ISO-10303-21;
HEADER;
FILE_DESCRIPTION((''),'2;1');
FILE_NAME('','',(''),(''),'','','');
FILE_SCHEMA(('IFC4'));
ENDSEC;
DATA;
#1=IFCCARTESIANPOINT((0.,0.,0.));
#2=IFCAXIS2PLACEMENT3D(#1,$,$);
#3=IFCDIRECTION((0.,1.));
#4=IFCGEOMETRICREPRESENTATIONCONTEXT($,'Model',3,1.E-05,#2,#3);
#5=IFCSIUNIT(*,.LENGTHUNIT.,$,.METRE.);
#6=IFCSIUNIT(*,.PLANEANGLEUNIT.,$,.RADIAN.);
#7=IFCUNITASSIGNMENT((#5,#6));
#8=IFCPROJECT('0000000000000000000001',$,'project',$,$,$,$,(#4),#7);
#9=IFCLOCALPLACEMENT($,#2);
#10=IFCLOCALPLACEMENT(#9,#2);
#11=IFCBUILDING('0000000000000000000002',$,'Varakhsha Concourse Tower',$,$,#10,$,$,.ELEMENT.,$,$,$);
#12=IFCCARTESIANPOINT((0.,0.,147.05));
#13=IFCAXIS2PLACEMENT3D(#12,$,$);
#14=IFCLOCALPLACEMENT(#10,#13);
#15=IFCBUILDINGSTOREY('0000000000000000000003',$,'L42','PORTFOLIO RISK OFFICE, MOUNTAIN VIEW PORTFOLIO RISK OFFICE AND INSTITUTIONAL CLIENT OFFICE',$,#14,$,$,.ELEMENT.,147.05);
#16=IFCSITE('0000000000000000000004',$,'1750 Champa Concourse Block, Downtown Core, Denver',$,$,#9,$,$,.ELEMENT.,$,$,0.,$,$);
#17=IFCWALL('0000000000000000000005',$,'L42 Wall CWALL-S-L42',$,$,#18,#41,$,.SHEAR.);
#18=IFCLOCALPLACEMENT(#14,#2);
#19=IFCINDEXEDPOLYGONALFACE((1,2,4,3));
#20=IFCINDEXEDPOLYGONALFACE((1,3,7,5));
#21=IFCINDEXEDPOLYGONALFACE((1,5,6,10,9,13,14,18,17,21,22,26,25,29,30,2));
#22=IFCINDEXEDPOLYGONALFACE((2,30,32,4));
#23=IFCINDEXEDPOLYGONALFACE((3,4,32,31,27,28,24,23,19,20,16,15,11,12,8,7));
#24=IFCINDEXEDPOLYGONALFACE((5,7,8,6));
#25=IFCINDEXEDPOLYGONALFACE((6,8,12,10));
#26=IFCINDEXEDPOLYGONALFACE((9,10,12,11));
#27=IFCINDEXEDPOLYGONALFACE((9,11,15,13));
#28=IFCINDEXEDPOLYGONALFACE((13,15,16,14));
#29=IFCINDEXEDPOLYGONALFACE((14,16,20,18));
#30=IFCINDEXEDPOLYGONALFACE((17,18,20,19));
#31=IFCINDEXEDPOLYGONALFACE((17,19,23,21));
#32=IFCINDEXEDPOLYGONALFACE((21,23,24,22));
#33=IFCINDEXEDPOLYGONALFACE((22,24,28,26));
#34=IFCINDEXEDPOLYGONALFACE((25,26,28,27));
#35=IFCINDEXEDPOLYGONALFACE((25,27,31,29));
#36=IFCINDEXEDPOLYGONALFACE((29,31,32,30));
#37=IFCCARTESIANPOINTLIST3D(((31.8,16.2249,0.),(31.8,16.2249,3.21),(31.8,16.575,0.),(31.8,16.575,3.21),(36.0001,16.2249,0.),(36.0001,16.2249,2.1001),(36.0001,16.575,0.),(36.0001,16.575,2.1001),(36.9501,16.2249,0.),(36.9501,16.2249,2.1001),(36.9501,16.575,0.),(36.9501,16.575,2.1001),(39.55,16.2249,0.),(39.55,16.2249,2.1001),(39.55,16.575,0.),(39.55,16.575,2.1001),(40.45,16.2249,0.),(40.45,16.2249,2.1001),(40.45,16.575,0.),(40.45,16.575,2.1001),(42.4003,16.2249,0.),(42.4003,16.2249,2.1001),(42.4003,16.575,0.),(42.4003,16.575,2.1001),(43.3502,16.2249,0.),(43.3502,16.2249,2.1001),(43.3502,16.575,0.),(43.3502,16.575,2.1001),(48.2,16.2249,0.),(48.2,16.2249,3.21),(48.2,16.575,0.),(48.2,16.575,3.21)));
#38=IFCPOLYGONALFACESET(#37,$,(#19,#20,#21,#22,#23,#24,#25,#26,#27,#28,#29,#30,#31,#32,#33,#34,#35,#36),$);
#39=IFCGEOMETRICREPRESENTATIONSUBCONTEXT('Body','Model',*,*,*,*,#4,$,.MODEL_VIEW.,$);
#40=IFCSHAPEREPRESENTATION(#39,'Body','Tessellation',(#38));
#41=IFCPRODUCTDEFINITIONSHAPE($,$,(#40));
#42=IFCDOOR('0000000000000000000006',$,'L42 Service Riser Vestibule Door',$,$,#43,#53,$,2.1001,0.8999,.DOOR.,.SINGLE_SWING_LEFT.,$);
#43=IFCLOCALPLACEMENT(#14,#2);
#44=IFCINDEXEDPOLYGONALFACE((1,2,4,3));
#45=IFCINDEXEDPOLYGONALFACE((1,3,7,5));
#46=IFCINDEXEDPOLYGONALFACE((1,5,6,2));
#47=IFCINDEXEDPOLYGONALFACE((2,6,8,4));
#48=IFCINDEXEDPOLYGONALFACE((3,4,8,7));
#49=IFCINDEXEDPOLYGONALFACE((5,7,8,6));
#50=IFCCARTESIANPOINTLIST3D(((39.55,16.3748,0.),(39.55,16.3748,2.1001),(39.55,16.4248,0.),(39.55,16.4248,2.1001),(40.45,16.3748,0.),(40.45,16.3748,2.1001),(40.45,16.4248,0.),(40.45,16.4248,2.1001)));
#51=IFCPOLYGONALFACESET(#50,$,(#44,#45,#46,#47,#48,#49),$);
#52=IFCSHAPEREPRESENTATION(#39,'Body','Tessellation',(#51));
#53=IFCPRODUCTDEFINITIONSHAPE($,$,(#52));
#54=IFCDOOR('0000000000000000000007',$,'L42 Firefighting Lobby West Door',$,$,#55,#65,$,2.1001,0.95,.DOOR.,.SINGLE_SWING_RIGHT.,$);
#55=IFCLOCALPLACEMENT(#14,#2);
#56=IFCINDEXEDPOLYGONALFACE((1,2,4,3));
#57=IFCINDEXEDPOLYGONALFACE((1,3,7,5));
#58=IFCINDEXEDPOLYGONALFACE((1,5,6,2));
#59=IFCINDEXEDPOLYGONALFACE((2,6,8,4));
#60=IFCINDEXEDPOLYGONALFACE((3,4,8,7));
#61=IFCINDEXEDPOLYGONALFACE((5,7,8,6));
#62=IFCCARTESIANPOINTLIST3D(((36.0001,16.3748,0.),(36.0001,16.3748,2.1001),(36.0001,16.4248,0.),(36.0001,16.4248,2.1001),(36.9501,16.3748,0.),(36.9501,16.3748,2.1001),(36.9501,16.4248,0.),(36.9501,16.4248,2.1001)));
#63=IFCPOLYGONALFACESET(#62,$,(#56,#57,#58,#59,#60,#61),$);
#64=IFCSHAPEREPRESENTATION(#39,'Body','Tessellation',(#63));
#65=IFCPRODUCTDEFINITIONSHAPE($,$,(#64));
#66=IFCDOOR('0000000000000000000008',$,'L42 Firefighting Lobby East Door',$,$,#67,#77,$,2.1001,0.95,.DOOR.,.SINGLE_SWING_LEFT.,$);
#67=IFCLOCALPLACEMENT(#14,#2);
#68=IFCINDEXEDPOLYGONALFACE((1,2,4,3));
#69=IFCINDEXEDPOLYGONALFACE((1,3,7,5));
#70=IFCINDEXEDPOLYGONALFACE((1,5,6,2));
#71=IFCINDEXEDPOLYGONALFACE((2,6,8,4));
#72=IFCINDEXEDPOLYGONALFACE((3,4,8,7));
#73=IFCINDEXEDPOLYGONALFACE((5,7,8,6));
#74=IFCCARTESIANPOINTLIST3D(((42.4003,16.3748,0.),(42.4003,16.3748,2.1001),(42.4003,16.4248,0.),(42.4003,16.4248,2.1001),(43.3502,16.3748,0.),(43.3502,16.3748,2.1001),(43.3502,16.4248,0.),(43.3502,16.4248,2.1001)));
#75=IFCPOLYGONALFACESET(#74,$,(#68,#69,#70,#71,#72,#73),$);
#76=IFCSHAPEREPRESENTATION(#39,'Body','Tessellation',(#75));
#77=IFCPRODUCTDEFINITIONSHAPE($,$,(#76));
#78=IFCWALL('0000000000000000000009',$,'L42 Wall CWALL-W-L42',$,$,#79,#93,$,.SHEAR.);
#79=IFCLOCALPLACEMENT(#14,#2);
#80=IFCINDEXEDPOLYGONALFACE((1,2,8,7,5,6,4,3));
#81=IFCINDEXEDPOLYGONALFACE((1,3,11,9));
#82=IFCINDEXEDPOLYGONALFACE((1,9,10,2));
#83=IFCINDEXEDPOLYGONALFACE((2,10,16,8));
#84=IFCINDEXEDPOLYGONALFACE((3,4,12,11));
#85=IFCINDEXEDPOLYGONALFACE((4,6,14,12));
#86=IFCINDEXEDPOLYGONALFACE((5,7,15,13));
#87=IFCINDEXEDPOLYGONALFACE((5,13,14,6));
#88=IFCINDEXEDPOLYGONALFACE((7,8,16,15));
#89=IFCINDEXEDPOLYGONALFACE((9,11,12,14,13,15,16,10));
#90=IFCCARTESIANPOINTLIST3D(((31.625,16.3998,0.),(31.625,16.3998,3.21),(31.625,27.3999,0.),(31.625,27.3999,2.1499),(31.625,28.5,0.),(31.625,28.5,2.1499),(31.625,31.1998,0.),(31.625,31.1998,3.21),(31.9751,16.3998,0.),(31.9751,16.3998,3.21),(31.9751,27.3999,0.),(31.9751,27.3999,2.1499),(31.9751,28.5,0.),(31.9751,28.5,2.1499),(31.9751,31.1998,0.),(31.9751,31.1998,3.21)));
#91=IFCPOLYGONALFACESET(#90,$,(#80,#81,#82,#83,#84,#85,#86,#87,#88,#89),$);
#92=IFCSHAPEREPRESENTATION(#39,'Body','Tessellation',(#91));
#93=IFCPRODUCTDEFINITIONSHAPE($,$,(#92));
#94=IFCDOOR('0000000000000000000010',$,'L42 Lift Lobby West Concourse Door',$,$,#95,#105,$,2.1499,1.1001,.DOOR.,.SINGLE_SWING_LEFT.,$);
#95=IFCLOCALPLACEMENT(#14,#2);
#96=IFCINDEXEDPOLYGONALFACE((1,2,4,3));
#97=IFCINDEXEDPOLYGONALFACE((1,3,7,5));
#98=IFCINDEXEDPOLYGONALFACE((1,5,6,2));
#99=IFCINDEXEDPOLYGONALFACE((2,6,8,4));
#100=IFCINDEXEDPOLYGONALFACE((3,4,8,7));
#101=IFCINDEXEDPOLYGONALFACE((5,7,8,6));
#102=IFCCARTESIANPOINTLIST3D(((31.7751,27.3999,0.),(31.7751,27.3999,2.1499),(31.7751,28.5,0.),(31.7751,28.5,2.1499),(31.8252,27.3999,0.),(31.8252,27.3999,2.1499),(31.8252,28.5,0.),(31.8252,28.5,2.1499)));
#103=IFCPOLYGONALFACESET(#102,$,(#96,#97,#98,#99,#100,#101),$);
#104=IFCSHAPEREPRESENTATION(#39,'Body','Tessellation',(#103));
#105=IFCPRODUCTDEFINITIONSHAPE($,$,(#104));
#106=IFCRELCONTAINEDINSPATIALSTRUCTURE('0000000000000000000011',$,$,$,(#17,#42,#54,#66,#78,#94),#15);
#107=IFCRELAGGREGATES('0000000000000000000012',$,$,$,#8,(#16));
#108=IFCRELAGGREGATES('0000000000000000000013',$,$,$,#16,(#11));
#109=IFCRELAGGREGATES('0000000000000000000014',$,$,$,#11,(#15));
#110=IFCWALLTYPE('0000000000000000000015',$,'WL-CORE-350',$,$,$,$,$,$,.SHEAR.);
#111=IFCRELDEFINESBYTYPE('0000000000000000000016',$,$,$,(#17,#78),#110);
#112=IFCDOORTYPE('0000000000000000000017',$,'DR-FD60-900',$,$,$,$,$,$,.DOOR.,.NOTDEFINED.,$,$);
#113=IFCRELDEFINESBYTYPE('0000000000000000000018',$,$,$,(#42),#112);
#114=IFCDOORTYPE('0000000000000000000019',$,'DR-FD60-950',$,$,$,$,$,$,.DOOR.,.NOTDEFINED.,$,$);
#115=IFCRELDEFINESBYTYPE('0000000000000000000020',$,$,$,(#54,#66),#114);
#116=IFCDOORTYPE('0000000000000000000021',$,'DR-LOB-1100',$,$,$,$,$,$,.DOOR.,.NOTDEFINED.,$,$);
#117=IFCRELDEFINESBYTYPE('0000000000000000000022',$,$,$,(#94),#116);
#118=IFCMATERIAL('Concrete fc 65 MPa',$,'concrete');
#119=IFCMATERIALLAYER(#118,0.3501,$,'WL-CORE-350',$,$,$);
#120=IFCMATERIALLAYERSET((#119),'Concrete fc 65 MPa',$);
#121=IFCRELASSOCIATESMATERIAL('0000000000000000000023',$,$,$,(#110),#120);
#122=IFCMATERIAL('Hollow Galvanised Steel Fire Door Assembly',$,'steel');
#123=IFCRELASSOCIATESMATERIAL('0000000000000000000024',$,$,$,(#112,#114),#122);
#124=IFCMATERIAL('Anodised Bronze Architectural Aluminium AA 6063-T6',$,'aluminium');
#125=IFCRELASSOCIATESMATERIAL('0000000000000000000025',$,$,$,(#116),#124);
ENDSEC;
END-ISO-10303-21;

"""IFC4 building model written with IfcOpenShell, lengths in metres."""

from ifc_helpers import new_model, si_unit, direction, frame, frame_2d, origin, place, context, subcontext, project, spatial, rectangle, extrude, material, layer, layer_set, type_object, element, fill, save


model = new_model("IFC4")

# Units and contexts
model_context = context("Model", 3, precision=1e-05, world=origin(), true_north=direction((0.0, 1.0)))
body_context = subcontext(model_context, "Body", "Model", "MODEL_VIEW")
ifc_project = project(units=[si_unit("LENGTHUNIT", "METRE"), si_unit("PLANEANGLEUNIT", "RADIAN")], contexts=[model_context])

# Site, building, storey
site_placement = place(None, origin())
site = spatial("IfcSite", under=ifc_project, at=site_placement, Name="1750 Champa Concourse Block, Downtown Core, Denver", CompositionType="ELEMENT", RefElevation=0.0)
building_placement = place(site_placement, origin())
building = spatial("IfcBuilding", under=site, at=building_placement, Name="Varakhsha Concourse Tower", CompositionType="ELEMENT")
storey_placement = place(building_placement, frame((0.0, 0.0, 147.05)))
storey = spatial("IfcBuildingStorey", under=building, at=storey_placement, Name="L42", Description="PORTFOLIO RISK OFFICE, MOUNTAIN VIEW PORTFOLIO RISK OFFICE AND INSTITUTIONAL CLIENT OFFICE", CompositionType="ELEMENT", Elevation=147.05)

# Shared definitions
ifc_material_1 = material(Name="Concrete fc 65 MPa", Category="concrete")

# Shared definitions
ifc_material_2 = material(Name="Anodised Bronze Architectural Aluminium AA 6063-T6", Category="aluminium")

# Wall, openings, doors
ifc_layer_1 = layer(ifc_material_1, 0.3501, Name="WL-CORE-350")
ifc_layer_set_1 = layer_set([ifc_layer_1], Name="Concrete fc 65 MPa")
wall_type_1 = type_object("IfcWallType", Name="WL-CORE-350", PredefinedType="SHEAR", material=ifc_layer_set_1)
wall_1_placement = place(storey_placement, frame((31.8, 16.3999, 0.0), z_axis=(0.0, 0.0, 1.0), x_axis=(1.0, 0.0, 0.0)))
wall_1 = element("IfcWall", 1, at=wall_1_placement, inside=storey, type_object=wall_type_1, Name="L42 Wall CWALL-S-L42", PredefinedType="SHEAR", context=body_context, shape_type="SweptSolid", body=[
    extrude(rectangle(XDim=16.3999, YDim=0.3501, at=frame_2d((8.2, 0.0))), origin(), (0.0, 0.0, 1.0), 3.21),
])
opening_1_placement = place(wall_1_placement, frame((7.75, 0.0, 0.0)))
opening_1 = element("IfcOpeningElement", 2, at=opening_1_placement, cuts=wall_1, PredefinedType="OPENING", context=body_context, shape_type="SweptSolid", body=[
    extrude(rectangle(XDim=0.8999, YDim=2.1001, at=frame_2d((0.45, 1.05))), frame((0.0, 0.1851, 0.0), z_axis=(0.0, -1.0, 0.0), x_axis=(1.0, 0.0, 0.0)), (0.0, 0.0, 1.0), 0.3701),
])
opening_2_placement = place(wall_1_placement, frame((4.2, 0.0, 0.0)))
opening_2 = element("IfcOpeningElement", 3, at=opening_2_placement, cuts=wall_1, PredefinedType="OPENING", context=body_context, shape_type="SweptSolid", body=[
    extrude(rectangle(XDim=0.95, YDim=2.1001, at=frame_2d((0.4751, 1.05))), frame((0.0, 0.1851, 0.0), z_axis=(0.0, -1.0, 0.0), x_axis=(1.0, 0.0, 0.0)), (0.0, 0.0, 1.0), 0.3701),
])
opening_3_placement = place(wall_1_placement, frame((10.6001, 0.0, 0.0)))
opening_3 = element("IfcOpeningElement", 4, at=opening_3_placement, cuts=wall_1, PredefinedType="OPENING", context=body_context, shape_type="SweptSolid", body=[
    extrude(rectangle(XDim=0.95, YDim=2.1001, at=frame_2d((0.4751, 1.05))), frame((0.0, 0.1851, 0.0), z_axis=(0.0, -1.0, 0.0), x_axis=(1.0, 0.0, 0.0)), (0.0, 0.0, 1.0), 0.3701),
])
ifc_material_3 = material(Name="Hollow Galvanised Steel Fire Door Assembly", Category="steel")
door_type_1 = type_object("IfcDoorType", Name="DR-FD60-900", OperationType="NOTDEFINED", PredefinedType="DOOR", material=ifc_material_3)
door_1_placement = place(opening_1_placement, origin())
door_1 = element("IfcDoor", 5, at=door_1_placement, inside=storey, type_object=door_type_1, Name="L42 Service Riser Vestibule Door", OperationType="SINGLE_SWING_LEFT", OverallHeight=2.1001, OverallWidth=0.8999, PredefinedType="DOOR", context=body_context, shape_type="SweptSolid", body=[
    extrude(rectangle(XDim=0.8999, YDim=2.1001, at=frame_2d((0.45, 1.05))), frame((0.0, 0.0249, 0.0), z_axis=(0.0, -1.0, 0.0), x_axis=(1.0, 0.0, 0.0)), (0.0, 0.0, 1.0), 0.05),
])
fill(opening_1, door_1)
door_type_2 = type_object("IfcDoorType", Name="DR-FD60-950", OperationType="NOTDEFINED", PredefinedType="DOOR", material=ifc_material_3)
door_2_placement = place(opening_2_placement, origin())
door_2 = element("IfcDoor", 6, at=door_2_placement, inside=storey, type_object=door_type_2, Name="L42 Firefighting Lobby West Door", OperationType="SINGLE_SWING_RIGHT", OverallHeight=2.1001, OverallWidth=0.95, PredefinedType="DOOR", context=body_context, shape_type="SweptSolid", body=[
    extrude(rectangle(XDim=0.95, YDim=2.1001, at=frame_2d((0.4751, 1.05))), frame((0.0, 0.0249, 0.0), z_axis=(0.0, -1.0, 0.0), x_axis=(1.0, 0.0, 0.0)), (0.0, 0.0, 1.0), 0.05),
])
fill(opening_2, door_2)
door_3_placement = place(opening_3_placement, origin())
door_3 = element("IfcDoor", 7, at=door_3_placement, inside=storey, type_object=door_type_2, Name="L42 Firefighting Lobby East Door", OperationType="SINGLE_SWING_LEFT", OverallHeight=2.1001, OverallWidth=0.95, PredefinedType="DOOR", context=body_context, shape_type="SweptSolid", body=[
    extrude(rectangle(XDim=0.95, YDim=2.1001, at=frame_2d((0.4751, 1.05))), frame((0.0, 0.0249, 0.0), z_axis=(0.0, -1.0, 0.0), x_axis=(1.0, 0.0, 0.0)), (0.0, 0.0, 1.0), 0.05),
])
fill(opening_3, door_3)

# Wall, opening, door
wall_2_placement = place(storey_placement, frame((31.8, 16.3999, 0.0), z_axis=(0.0, 0.0, 1.0), x_axis=(0.0, 1.0, 0.0)))
wall_2 = element("IfcWall", 8, at=wall_2_placement, inside=storey, type_object=wall_type_1, Name="L42 Wall CWALL-W-L42", PredefinedType="SHEAR", context=body_context, shape_type="SweptSolid", body=[
    extrude(rectangle(XDim=14.8, YDim=0.3501, at=frame_2d((7.3999, 0.0))), origin(), (0.0, 0.0, 1.0), 3.21),
])
opening_4_placement = place(wall_2_placement, frame((11.0, 0.0, 0.0)))
opening_4 = element("IfcOpeningElement", 9, at=opening_4_placement, cuts=wall_2, PredefinedType="OPENING", context=body_context, shape_type="SweptSolid", body=[
    extrude(rectangle(XDim=1.1001, YDim=2.1499, at=frame_2d((0.55, 1.075))), frame((0.0, 0.1851, 0.0), z_axis=(0.0, -1.0, 0.0), x_axis=(1.0, 0.0, 0.0)), (0.0, 0.0, 1.0), 0.3701),
])
door_type_3 = type_object("IfcDoorType", Name="DR-LOB-1100", OperationType="NOTDEFINED", PredefinedType="DOOR", material=ifc_material_2)
door_4_placement = place(opening_4_placement, origin())
door_4 = element("IfcDoor", 10, at=door_4_placement, inside=storey, type_object=door_type_3, Name="L42 Lift Lobby West Concourse Door", OperationType="SINGLE_SWING_LEFT", OverallHeight=2.1499, OverallWidth=1.1001, PredefinedType="DOOR", context=body_context, shape_type="SweptSolid", body=[
    extrude(rectangle(XDim=1.1001, YDim=2.1499, at=frame_2d((0.55, 1.075))), frame((0.0, 0.0249, 0.0), z_axis=(0.0, -1.0, 0.0), x_axis=(1.0, 0.0, 0.0)), (0.0, 0.0, 1.0), 0.05),
])
fill(opening_4, door_4)

save(model, "model.ifc")
